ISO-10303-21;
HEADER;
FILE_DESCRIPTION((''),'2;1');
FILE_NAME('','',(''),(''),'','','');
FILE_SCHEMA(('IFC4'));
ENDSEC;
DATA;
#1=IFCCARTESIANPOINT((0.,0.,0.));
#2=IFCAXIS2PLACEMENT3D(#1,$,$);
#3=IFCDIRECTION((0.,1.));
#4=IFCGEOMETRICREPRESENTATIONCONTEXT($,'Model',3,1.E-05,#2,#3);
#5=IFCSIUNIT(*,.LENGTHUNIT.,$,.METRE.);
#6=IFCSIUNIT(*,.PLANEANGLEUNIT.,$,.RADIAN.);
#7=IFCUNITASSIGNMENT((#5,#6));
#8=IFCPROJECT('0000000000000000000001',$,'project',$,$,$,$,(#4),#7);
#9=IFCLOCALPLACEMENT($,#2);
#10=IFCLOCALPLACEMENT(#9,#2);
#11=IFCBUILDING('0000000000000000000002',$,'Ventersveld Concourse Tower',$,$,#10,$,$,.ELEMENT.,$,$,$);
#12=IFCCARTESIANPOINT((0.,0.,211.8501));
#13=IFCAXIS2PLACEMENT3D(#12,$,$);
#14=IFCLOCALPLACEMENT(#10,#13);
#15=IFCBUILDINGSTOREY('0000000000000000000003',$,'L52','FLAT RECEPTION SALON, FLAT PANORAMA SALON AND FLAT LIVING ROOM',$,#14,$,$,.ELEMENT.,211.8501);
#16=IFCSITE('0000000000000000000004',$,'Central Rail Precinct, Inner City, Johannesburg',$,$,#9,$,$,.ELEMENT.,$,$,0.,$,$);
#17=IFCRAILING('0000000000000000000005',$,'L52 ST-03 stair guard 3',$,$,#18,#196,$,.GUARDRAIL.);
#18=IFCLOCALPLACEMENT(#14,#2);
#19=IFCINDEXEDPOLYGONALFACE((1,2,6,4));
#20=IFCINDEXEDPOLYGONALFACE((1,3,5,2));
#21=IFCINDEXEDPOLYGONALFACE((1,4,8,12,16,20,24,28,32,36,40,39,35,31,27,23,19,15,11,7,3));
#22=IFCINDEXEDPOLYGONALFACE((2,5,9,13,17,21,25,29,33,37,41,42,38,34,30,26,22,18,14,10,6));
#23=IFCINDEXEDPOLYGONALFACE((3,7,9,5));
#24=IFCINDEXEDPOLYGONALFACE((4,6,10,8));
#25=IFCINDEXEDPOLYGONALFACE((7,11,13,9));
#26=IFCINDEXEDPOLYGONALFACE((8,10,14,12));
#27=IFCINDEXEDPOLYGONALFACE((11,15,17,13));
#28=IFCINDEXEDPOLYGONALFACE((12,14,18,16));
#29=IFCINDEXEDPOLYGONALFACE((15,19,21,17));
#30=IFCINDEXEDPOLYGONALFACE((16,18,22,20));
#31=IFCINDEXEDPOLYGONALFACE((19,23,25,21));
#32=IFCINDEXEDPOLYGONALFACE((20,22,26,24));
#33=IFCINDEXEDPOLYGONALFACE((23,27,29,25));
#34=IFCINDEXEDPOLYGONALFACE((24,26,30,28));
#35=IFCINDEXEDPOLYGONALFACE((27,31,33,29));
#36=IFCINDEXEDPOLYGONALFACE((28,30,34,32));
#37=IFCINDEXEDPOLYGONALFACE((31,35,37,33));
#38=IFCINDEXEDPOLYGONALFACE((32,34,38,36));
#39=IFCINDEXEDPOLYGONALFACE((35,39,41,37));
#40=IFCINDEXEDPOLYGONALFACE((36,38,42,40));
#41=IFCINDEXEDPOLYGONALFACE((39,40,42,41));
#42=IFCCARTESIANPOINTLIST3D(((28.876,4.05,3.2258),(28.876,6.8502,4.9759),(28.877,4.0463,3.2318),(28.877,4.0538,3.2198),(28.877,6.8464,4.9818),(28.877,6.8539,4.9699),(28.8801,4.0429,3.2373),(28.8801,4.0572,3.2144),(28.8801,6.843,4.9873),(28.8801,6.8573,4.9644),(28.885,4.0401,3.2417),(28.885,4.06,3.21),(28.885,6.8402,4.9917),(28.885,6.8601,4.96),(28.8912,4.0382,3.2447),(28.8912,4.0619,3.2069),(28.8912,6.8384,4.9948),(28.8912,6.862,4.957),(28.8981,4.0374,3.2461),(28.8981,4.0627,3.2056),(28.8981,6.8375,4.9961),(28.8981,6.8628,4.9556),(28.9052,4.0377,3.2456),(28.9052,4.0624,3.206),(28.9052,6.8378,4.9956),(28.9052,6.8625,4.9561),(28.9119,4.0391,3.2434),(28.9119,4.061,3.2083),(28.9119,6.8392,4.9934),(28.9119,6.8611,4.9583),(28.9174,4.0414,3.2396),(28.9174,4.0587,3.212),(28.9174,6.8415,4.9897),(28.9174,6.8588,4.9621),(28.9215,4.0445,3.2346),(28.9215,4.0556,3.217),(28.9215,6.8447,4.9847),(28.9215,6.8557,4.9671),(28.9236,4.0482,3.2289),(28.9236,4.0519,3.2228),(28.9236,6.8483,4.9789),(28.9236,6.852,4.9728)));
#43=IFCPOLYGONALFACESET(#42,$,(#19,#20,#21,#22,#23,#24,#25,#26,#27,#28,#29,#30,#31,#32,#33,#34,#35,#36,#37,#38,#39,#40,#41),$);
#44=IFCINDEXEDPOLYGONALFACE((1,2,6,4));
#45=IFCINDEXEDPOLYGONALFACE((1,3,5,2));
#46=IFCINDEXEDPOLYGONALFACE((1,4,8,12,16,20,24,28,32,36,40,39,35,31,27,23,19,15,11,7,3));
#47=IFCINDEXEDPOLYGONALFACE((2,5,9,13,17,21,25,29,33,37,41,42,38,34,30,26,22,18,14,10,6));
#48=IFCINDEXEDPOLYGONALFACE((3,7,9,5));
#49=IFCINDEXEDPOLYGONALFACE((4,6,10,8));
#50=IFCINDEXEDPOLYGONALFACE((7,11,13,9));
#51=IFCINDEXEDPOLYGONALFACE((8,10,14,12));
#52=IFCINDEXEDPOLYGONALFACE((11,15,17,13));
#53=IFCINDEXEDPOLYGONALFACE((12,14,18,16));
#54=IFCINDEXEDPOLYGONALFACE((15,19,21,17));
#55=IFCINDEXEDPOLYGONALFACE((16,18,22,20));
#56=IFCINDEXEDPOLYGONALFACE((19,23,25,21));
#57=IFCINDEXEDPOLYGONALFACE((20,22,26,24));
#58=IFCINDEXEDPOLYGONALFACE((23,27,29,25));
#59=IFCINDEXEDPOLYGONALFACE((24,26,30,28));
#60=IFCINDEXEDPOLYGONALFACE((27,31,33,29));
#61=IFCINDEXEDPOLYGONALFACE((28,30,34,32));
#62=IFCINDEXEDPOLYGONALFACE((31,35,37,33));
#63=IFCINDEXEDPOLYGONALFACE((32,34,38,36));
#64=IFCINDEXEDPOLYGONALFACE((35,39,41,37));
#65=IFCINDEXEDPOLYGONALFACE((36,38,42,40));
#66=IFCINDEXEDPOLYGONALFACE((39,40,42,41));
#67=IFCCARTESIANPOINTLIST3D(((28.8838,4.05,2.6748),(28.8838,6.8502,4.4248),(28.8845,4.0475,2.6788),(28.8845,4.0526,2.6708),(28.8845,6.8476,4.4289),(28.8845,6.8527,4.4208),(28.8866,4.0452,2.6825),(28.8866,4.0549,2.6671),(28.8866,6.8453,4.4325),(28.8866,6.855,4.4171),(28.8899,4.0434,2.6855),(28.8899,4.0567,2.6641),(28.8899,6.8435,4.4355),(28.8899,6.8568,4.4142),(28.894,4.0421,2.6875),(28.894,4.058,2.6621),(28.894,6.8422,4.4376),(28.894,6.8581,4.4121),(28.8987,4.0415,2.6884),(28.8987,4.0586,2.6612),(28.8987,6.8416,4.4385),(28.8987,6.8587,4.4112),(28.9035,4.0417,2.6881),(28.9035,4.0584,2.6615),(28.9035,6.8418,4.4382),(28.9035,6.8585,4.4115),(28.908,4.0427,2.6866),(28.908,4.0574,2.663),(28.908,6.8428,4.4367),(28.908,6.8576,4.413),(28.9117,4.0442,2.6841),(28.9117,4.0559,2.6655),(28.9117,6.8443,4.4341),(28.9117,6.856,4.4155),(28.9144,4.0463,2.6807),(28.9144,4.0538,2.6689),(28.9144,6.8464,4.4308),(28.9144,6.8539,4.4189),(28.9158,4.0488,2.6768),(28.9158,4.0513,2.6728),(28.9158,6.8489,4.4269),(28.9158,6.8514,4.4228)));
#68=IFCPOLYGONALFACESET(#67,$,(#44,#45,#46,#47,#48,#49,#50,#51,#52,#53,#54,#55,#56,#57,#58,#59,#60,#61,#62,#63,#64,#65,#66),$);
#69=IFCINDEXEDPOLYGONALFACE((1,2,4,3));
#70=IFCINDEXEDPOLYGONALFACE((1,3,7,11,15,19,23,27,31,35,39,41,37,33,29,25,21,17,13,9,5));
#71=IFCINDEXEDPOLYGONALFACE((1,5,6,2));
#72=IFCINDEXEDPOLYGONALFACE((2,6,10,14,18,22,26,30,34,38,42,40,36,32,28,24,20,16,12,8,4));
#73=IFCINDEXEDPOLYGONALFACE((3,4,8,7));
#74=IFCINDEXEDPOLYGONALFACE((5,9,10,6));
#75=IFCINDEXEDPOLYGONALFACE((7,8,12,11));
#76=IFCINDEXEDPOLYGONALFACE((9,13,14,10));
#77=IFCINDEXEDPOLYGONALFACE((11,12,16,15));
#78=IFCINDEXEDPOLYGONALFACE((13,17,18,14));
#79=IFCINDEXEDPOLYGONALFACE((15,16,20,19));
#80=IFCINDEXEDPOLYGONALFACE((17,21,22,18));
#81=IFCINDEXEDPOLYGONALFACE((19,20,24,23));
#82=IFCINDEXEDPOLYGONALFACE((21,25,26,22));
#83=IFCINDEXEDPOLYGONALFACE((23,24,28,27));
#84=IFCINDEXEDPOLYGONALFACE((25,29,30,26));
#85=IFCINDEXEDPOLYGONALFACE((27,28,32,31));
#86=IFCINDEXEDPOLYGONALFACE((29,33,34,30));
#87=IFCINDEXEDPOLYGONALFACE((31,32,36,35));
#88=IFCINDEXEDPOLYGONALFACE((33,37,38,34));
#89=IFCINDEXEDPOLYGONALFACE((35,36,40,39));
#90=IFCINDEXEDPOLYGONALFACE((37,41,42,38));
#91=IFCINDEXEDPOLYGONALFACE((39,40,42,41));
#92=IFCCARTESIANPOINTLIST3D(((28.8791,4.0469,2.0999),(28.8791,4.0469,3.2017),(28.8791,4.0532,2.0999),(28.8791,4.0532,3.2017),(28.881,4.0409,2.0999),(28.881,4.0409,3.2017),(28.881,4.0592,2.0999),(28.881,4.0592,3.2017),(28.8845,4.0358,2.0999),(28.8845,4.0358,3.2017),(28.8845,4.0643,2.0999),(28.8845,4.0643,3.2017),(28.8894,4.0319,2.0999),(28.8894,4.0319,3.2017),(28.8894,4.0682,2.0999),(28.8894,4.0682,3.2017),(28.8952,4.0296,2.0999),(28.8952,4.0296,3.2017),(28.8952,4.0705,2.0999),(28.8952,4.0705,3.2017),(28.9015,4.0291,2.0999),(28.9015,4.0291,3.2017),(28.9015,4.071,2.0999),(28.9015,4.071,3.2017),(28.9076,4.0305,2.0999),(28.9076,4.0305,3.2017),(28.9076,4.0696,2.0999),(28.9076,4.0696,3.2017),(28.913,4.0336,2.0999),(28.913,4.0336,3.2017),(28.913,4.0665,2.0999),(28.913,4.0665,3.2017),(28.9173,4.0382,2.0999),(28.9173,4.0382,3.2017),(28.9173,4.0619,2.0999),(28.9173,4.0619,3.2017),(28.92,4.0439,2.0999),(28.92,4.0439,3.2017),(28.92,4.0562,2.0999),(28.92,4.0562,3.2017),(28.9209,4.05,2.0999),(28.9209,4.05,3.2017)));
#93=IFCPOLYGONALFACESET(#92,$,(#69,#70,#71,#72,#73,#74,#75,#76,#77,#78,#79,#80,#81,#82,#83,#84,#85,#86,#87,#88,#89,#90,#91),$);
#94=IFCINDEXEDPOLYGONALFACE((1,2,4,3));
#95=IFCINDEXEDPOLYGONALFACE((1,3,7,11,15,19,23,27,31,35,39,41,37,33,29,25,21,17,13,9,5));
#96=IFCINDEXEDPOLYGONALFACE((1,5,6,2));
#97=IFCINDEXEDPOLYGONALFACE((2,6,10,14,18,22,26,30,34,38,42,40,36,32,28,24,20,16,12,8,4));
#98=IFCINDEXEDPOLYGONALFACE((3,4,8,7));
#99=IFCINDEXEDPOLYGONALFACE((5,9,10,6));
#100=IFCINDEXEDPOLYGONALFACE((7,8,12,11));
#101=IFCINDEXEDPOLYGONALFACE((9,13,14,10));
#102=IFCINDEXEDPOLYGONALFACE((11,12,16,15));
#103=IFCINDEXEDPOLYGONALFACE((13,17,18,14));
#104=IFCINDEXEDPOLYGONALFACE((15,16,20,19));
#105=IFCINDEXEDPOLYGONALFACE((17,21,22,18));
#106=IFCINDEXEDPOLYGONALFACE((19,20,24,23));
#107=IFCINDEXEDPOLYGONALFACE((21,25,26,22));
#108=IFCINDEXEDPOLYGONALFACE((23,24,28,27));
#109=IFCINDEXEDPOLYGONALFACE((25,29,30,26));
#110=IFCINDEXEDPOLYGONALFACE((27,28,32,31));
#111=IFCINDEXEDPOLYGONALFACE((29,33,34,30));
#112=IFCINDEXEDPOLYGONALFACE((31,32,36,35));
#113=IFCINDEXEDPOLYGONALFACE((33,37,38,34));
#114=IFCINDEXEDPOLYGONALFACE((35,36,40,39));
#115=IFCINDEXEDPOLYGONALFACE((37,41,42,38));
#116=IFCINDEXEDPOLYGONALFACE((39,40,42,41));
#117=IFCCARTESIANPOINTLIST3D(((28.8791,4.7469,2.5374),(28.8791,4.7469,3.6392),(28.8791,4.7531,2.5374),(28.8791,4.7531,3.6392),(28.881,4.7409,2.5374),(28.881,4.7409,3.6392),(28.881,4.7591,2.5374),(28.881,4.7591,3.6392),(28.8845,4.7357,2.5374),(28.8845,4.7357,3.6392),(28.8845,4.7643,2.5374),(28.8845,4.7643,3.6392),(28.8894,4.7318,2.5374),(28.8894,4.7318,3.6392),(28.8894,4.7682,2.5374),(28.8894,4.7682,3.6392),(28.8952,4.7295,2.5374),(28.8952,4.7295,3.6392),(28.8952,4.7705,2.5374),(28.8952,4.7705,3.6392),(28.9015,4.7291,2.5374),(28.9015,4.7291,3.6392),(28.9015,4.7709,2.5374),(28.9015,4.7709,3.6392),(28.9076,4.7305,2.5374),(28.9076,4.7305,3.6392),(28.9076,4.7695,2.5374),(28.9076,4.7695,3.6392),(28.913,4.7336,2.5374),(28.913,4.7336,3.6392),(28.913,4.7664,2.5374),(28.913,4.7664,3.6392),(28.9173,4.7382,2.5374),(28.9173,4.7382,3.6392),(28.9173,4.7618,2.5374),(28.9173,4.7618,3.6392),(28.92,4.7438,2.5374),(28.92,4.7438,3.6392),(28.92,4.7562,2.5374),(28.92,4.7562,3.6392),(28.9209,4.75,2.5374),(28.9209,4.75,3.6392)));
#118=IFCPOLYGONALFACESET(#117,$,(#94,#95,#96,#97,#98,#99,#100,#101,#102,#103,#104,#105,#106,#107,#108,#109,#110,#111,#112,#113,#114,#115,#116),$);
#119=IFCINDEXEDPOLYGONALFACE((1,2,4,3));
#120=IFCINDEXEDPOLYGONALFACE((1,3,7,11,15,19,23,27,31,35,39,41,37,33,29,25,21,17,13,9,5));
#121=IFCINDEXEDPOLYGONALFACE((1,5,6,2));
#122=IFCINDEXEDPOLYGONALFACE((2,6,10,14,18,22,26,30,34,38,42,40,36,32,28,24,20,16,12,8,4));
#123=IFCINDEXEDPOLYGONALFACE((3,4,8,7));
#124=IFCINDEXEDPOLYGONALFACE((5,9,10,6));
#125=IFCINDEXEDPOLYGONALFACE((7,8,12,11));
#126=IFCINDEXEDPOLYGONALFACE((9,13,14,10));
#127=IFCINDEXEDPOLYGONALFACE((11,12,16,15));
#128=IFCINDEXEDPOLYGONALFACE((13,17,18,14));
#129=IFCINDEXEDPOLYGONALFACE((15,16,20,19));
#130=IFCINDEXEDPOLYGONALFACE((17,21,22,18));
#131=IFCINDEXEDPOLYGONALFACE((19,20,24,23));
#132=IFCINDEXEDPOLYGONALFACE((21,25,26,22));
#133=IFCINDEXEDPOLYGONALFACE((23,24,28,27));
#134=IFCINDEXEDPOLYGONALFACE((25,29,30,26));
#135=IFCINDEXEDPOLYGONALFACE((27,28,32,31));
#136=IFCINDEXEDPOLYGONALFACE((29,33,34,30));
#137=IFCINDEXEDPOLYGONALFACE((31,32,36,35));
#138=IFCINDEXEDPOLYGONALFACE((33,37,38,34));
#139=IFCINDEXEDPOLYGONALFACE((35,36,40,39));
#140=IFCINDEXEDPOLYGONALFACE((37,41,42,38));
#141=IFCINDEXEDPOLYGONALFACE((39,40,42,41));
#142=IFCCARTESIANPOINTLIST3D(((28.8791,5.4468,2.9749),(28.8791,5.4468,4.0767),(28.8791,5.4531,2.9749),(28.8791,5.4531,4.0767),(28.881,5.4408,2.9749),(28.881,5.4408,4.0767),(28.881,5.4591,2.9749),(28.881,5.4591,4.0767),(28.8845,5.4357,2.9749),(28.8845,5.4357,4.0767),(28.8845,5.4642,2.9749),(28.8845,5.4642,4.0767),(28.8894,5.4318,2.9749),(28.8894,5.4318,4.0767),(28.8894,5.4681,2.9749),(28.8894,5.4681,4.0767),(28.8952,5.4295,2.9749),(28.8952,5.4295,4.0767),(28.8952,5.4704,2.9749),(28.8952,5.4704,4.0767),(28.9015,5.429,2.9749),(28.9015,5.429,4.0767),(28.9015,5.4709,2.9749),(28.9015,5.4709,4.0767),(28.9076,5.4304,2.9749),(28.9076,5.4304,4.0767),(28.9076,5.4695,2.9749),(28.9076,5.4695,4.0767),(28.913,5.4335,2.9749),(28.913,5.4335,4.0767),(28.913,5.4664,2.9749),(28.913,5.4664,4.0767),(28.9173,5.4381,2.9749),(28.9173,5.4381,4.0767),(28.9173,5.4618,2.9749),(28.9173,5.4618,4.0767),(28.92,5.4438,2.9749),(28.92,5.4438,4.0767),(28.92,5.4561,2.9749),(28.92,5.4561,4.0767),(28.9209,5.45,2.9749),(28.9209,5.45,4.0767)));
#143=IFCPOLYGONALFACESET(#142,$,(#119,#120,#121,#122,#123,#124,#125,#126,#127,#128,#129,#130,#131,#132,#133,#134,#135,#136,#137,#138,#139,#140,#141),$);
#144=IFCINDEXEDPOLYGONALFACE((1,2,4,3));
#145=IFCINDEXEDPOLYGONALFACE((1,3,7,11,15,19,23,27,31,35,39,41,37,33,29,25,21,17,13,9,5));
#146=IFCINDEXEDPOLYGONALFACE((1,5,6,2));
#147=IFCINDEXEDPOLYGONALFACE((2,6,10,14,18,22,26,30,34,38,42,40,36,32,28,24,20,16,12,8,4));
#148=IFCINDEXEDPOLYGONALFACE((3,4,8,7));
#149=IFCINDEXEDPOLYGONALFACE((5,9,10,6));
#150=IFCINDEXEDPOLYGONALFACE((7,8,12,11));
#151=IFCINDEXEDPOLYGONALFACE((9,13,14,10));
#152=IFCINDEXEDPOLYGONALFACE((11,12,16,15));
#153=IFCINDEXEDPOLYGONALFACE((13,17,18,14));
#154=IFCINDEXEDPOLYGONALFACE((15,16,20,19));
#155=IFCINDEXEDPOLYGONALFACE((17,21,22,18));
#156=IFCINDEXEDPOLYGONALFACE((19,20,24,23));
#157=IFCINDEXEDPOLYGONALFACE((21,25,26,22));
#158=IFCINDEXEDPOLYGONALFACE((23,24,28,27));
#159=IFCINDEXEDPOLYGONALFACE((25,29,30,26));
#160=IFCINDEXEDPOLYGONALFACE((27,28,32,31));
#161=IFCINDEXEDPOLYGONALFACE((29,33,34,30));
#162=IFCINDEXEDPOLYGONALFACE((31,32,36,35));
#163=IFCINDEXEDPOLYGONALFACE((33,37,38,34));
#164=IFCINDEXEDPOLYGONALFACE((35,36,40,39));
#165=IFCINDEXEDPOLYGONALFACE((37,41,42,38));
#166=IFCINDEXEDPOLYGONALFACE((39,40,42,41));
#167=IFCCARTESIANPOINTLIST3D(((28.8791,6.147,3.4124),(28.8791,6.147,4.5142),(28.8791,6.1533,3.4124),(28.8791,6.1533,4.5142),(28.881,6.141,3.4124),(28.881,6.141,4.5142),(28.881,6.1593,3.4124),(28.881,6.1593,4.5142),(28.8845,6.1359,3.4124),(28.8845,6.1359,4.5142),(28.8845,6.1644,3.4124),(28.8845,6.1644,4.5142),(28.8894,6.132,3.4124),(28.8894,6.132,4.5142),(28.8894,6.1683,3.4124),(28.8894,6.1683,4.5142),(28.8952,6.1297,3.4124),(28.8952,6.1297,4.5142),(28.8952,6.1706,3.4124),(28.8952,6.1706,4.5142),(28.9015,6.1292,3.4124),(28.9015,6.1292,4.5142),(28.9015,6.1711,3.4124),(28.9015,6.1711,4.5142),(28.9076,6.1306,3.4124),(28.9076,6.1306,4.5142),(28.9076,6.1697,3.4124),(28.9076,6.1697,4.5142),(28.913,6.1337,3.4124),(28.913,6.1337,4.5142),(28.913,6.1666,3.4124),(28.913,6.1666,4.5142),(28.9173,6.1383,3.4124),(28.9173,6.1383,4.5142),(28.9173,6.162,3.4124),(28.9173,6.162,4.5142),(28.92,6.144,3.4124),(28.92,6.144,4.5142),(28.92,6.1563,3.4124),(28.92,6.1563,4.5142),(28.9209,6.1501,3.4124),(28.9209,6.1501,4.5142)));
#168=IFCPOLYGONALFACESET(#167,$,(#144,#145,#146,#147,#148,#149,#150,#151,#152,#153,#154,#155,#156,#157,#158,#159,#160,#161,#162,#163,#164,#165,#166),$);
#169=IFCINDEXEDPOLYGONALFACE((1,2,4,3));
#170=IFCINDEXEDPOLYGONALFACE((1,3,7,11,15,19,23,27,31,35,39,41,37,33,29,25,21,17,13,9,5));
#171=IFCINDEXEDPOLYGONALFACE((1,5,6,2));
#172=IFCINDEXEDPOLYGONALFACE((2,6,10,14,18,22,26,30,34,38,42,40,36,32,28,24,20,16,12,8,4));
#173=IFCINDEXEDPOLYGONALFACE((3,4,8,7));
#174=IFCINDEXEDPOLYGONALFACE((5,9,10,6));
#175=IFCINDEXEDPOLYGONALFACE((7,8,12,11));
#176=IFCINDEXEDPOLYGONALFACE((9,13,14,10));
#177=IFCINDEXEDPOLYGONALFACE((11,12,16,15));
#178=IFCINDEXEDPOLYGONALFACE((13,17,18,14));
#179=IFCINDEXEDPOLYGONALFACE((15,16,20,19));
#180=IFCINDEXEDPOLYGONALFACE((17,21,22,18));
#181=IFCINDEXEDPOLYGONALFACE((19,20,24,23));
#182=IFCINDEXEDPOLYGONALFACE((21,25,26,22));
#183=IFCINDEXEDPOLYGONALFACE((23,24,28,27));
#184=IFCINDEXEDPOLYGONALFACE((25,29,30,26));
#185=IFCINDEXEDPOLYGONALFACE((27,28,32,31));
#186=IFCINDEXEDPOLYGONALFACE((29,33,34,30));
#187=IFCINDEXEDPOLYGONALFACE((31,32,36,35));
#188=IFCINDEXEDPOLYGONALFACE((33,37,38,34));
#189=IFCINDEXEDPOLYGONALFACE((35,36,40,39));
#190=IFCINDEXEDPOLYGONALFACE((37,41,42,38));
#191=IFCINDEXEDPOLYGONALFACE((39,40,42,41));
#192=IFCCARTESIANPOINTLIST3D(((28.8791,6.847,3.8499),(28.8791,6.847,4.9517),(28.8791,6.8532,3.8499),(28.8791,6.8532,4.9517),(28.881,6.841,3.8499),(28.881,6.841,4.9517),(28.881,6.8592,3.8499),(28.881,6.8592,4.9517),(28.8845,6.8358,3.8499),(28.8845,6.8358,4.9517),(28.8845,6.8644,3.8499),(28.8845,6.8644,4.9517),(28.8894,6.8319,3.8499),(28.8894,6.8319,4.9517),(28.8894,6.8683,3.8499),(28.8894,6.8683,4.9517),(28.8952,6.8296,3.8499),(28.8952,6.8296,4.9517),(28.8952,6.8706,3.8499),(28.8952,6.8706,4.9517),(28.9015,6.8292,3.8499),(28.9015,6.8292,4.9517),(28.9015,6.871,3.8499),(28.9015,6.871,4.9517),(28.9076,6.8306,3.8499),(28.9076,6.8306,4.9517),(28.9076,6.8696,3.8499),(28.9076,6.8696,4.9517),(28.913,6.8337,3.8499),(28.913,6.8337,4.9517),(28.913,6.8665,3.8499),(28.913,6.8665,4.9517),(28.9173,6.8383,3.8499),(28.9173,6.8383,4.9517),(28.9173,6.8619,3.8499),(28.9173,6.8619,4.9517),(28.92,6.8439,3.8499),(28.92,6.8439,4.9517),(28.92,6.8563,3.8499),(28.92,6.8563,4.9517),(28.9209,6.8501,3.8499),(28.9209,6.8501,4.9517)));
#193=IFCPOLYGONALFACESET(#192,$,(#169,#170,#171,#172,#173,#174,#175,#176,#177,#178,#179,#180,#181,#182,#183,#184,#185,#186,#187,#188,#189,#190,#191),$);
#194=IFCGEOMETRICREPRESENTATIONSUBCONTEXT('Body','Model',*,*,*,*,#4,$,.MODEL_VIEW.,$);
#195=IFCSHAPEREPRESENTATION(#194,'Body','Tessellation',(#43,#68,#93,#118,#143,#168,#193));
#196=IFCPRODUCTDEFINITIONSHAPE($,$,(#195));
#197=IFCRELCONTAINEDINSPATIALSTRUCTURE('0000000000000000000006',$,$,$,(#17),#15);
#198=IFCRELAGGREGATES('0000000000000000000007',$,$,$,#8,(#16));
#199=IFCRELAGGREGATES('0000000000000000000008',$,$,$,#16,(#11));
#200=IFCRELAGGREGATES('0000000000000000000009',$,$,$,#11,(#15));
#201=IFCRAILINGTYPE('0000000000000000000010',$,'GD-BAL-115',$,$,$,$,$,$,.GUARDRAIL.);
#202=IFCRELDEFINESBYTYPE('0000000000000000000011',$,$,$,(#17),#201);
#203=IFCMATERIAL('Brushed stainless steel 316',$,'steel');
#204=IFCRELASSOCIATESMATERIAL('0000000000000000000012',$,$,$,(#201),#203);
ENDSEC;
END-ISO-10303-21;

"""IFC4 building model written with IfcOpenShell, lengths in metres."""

from ifc_helpers import new_model, si_unit, direction, frame, origin, origin_2d, place, context, subcontext, project, spatial, circle, extrude, material, type_object, element, save


model = new_model("IFC4")

# Units and contexts
model_context = context("Model", 3, precision=1e-05, world=origin(), true_north=direction((0.0, 1.0)))
body_context = subcontext(model_context, "Body", "Model", "MODEL_VIEW")
ifc_project = project(units=[si_unit("LENGTHUNIT", "METRE"), si_unit("PLANEANGLEUNIT", "RADIAN")], contexts=[model_context])

# Site, building, storey
site_placement = place(None, origin())
site = spatial("IfcSite", under=ifc_project, at=site_placement, Name="Central Rail Precinct, Inner City, Johannesburg", CompositionType="ELEMENT", RefElevation=0.0)
building_placement = place(site_placement, origin())
building = spatial("IfcBuilding", under=site, at=building_placement, Name="Ventersveld Concourse Tower", CompositionType="ELEMENT")
storey_placement = place(building_placement, frame((0.0, 0.0, 211.8501)))
storey = spatial("IfcBuildingStorey", under=building, at=storey_placement, Name="L52", Description="FLAT RECEPTION SALON, FLAT PANORAMA SALON AND FLAT LIVING ROOM", CompositionType="ELEMENT", Elevation=211.8501)

# Railing
ifc_material_1 = material(Name="Brushed stainless steel 316", Category="steel")
railing_type_1 = type_object("IfcRailingType", Name="GD-BAL-115", PredefinedType="GUARDRAIL", material=ifc_material_1)
railing_1_placement = place(storey_placement, frame((28.8999, 4.05, 2.0999)))
element("IfcRailing", 1, at=railing_1_placement, inside=storey, type_object=railing_type_1, Name="L52 ST-03 stair guard 3", PredefinedType="GUARDRAIL", context=body_context, shape_type="SweptSolid", body=[
    extrude(circle(Radius=0.0239, at=origin_2d()), frame((0.0, 0.0, 1.126), z_axis=(0.0, 0.848002, 0.529992), x_axis=(-1.0, 0.0, 0.0)), (0.0, 0.0, 1.0), 3.302),
    extrude(circle(Radius=0.0161, at=origin_2d()), frame((0.0, 0.0, 0.575), z_axis=(0.0, 0.848002, 0.529992), x_axis=(-1.0, 0.0, 0.0)), (0.0, 0.0, 1.0), 3.302),
    extrude(circle(Radius=0.021, at=origin_2d()), origin(), (0.0, 0.0, 1.0), 1.1018),
    extrude(circle(Radius=0.021, at=origin_2d()), frame((0.0, 0.7, 0.4375)), (0.0, 0.0, 1.0), 1.1018),
    extrude(circle(Radius=0.021, at=origin_2d()), frame((0.0, 1.3999, 0.875)), (0.0, 0.0, 1.0), 1.1018),
    extrude(circle(Radius=0.021, at=origin_2d()), frame((0.0, 2.1001, 1.3125)), (0.0, 0.0, 1.0), 1.1018),
    extrude(circle(Radius=0.021, at=origin_2d()), frame((0.0, 2.8, 1.75)), (0.0, 0.0, 1.0), 1.1018),
])

save(model, "model.ifc")
